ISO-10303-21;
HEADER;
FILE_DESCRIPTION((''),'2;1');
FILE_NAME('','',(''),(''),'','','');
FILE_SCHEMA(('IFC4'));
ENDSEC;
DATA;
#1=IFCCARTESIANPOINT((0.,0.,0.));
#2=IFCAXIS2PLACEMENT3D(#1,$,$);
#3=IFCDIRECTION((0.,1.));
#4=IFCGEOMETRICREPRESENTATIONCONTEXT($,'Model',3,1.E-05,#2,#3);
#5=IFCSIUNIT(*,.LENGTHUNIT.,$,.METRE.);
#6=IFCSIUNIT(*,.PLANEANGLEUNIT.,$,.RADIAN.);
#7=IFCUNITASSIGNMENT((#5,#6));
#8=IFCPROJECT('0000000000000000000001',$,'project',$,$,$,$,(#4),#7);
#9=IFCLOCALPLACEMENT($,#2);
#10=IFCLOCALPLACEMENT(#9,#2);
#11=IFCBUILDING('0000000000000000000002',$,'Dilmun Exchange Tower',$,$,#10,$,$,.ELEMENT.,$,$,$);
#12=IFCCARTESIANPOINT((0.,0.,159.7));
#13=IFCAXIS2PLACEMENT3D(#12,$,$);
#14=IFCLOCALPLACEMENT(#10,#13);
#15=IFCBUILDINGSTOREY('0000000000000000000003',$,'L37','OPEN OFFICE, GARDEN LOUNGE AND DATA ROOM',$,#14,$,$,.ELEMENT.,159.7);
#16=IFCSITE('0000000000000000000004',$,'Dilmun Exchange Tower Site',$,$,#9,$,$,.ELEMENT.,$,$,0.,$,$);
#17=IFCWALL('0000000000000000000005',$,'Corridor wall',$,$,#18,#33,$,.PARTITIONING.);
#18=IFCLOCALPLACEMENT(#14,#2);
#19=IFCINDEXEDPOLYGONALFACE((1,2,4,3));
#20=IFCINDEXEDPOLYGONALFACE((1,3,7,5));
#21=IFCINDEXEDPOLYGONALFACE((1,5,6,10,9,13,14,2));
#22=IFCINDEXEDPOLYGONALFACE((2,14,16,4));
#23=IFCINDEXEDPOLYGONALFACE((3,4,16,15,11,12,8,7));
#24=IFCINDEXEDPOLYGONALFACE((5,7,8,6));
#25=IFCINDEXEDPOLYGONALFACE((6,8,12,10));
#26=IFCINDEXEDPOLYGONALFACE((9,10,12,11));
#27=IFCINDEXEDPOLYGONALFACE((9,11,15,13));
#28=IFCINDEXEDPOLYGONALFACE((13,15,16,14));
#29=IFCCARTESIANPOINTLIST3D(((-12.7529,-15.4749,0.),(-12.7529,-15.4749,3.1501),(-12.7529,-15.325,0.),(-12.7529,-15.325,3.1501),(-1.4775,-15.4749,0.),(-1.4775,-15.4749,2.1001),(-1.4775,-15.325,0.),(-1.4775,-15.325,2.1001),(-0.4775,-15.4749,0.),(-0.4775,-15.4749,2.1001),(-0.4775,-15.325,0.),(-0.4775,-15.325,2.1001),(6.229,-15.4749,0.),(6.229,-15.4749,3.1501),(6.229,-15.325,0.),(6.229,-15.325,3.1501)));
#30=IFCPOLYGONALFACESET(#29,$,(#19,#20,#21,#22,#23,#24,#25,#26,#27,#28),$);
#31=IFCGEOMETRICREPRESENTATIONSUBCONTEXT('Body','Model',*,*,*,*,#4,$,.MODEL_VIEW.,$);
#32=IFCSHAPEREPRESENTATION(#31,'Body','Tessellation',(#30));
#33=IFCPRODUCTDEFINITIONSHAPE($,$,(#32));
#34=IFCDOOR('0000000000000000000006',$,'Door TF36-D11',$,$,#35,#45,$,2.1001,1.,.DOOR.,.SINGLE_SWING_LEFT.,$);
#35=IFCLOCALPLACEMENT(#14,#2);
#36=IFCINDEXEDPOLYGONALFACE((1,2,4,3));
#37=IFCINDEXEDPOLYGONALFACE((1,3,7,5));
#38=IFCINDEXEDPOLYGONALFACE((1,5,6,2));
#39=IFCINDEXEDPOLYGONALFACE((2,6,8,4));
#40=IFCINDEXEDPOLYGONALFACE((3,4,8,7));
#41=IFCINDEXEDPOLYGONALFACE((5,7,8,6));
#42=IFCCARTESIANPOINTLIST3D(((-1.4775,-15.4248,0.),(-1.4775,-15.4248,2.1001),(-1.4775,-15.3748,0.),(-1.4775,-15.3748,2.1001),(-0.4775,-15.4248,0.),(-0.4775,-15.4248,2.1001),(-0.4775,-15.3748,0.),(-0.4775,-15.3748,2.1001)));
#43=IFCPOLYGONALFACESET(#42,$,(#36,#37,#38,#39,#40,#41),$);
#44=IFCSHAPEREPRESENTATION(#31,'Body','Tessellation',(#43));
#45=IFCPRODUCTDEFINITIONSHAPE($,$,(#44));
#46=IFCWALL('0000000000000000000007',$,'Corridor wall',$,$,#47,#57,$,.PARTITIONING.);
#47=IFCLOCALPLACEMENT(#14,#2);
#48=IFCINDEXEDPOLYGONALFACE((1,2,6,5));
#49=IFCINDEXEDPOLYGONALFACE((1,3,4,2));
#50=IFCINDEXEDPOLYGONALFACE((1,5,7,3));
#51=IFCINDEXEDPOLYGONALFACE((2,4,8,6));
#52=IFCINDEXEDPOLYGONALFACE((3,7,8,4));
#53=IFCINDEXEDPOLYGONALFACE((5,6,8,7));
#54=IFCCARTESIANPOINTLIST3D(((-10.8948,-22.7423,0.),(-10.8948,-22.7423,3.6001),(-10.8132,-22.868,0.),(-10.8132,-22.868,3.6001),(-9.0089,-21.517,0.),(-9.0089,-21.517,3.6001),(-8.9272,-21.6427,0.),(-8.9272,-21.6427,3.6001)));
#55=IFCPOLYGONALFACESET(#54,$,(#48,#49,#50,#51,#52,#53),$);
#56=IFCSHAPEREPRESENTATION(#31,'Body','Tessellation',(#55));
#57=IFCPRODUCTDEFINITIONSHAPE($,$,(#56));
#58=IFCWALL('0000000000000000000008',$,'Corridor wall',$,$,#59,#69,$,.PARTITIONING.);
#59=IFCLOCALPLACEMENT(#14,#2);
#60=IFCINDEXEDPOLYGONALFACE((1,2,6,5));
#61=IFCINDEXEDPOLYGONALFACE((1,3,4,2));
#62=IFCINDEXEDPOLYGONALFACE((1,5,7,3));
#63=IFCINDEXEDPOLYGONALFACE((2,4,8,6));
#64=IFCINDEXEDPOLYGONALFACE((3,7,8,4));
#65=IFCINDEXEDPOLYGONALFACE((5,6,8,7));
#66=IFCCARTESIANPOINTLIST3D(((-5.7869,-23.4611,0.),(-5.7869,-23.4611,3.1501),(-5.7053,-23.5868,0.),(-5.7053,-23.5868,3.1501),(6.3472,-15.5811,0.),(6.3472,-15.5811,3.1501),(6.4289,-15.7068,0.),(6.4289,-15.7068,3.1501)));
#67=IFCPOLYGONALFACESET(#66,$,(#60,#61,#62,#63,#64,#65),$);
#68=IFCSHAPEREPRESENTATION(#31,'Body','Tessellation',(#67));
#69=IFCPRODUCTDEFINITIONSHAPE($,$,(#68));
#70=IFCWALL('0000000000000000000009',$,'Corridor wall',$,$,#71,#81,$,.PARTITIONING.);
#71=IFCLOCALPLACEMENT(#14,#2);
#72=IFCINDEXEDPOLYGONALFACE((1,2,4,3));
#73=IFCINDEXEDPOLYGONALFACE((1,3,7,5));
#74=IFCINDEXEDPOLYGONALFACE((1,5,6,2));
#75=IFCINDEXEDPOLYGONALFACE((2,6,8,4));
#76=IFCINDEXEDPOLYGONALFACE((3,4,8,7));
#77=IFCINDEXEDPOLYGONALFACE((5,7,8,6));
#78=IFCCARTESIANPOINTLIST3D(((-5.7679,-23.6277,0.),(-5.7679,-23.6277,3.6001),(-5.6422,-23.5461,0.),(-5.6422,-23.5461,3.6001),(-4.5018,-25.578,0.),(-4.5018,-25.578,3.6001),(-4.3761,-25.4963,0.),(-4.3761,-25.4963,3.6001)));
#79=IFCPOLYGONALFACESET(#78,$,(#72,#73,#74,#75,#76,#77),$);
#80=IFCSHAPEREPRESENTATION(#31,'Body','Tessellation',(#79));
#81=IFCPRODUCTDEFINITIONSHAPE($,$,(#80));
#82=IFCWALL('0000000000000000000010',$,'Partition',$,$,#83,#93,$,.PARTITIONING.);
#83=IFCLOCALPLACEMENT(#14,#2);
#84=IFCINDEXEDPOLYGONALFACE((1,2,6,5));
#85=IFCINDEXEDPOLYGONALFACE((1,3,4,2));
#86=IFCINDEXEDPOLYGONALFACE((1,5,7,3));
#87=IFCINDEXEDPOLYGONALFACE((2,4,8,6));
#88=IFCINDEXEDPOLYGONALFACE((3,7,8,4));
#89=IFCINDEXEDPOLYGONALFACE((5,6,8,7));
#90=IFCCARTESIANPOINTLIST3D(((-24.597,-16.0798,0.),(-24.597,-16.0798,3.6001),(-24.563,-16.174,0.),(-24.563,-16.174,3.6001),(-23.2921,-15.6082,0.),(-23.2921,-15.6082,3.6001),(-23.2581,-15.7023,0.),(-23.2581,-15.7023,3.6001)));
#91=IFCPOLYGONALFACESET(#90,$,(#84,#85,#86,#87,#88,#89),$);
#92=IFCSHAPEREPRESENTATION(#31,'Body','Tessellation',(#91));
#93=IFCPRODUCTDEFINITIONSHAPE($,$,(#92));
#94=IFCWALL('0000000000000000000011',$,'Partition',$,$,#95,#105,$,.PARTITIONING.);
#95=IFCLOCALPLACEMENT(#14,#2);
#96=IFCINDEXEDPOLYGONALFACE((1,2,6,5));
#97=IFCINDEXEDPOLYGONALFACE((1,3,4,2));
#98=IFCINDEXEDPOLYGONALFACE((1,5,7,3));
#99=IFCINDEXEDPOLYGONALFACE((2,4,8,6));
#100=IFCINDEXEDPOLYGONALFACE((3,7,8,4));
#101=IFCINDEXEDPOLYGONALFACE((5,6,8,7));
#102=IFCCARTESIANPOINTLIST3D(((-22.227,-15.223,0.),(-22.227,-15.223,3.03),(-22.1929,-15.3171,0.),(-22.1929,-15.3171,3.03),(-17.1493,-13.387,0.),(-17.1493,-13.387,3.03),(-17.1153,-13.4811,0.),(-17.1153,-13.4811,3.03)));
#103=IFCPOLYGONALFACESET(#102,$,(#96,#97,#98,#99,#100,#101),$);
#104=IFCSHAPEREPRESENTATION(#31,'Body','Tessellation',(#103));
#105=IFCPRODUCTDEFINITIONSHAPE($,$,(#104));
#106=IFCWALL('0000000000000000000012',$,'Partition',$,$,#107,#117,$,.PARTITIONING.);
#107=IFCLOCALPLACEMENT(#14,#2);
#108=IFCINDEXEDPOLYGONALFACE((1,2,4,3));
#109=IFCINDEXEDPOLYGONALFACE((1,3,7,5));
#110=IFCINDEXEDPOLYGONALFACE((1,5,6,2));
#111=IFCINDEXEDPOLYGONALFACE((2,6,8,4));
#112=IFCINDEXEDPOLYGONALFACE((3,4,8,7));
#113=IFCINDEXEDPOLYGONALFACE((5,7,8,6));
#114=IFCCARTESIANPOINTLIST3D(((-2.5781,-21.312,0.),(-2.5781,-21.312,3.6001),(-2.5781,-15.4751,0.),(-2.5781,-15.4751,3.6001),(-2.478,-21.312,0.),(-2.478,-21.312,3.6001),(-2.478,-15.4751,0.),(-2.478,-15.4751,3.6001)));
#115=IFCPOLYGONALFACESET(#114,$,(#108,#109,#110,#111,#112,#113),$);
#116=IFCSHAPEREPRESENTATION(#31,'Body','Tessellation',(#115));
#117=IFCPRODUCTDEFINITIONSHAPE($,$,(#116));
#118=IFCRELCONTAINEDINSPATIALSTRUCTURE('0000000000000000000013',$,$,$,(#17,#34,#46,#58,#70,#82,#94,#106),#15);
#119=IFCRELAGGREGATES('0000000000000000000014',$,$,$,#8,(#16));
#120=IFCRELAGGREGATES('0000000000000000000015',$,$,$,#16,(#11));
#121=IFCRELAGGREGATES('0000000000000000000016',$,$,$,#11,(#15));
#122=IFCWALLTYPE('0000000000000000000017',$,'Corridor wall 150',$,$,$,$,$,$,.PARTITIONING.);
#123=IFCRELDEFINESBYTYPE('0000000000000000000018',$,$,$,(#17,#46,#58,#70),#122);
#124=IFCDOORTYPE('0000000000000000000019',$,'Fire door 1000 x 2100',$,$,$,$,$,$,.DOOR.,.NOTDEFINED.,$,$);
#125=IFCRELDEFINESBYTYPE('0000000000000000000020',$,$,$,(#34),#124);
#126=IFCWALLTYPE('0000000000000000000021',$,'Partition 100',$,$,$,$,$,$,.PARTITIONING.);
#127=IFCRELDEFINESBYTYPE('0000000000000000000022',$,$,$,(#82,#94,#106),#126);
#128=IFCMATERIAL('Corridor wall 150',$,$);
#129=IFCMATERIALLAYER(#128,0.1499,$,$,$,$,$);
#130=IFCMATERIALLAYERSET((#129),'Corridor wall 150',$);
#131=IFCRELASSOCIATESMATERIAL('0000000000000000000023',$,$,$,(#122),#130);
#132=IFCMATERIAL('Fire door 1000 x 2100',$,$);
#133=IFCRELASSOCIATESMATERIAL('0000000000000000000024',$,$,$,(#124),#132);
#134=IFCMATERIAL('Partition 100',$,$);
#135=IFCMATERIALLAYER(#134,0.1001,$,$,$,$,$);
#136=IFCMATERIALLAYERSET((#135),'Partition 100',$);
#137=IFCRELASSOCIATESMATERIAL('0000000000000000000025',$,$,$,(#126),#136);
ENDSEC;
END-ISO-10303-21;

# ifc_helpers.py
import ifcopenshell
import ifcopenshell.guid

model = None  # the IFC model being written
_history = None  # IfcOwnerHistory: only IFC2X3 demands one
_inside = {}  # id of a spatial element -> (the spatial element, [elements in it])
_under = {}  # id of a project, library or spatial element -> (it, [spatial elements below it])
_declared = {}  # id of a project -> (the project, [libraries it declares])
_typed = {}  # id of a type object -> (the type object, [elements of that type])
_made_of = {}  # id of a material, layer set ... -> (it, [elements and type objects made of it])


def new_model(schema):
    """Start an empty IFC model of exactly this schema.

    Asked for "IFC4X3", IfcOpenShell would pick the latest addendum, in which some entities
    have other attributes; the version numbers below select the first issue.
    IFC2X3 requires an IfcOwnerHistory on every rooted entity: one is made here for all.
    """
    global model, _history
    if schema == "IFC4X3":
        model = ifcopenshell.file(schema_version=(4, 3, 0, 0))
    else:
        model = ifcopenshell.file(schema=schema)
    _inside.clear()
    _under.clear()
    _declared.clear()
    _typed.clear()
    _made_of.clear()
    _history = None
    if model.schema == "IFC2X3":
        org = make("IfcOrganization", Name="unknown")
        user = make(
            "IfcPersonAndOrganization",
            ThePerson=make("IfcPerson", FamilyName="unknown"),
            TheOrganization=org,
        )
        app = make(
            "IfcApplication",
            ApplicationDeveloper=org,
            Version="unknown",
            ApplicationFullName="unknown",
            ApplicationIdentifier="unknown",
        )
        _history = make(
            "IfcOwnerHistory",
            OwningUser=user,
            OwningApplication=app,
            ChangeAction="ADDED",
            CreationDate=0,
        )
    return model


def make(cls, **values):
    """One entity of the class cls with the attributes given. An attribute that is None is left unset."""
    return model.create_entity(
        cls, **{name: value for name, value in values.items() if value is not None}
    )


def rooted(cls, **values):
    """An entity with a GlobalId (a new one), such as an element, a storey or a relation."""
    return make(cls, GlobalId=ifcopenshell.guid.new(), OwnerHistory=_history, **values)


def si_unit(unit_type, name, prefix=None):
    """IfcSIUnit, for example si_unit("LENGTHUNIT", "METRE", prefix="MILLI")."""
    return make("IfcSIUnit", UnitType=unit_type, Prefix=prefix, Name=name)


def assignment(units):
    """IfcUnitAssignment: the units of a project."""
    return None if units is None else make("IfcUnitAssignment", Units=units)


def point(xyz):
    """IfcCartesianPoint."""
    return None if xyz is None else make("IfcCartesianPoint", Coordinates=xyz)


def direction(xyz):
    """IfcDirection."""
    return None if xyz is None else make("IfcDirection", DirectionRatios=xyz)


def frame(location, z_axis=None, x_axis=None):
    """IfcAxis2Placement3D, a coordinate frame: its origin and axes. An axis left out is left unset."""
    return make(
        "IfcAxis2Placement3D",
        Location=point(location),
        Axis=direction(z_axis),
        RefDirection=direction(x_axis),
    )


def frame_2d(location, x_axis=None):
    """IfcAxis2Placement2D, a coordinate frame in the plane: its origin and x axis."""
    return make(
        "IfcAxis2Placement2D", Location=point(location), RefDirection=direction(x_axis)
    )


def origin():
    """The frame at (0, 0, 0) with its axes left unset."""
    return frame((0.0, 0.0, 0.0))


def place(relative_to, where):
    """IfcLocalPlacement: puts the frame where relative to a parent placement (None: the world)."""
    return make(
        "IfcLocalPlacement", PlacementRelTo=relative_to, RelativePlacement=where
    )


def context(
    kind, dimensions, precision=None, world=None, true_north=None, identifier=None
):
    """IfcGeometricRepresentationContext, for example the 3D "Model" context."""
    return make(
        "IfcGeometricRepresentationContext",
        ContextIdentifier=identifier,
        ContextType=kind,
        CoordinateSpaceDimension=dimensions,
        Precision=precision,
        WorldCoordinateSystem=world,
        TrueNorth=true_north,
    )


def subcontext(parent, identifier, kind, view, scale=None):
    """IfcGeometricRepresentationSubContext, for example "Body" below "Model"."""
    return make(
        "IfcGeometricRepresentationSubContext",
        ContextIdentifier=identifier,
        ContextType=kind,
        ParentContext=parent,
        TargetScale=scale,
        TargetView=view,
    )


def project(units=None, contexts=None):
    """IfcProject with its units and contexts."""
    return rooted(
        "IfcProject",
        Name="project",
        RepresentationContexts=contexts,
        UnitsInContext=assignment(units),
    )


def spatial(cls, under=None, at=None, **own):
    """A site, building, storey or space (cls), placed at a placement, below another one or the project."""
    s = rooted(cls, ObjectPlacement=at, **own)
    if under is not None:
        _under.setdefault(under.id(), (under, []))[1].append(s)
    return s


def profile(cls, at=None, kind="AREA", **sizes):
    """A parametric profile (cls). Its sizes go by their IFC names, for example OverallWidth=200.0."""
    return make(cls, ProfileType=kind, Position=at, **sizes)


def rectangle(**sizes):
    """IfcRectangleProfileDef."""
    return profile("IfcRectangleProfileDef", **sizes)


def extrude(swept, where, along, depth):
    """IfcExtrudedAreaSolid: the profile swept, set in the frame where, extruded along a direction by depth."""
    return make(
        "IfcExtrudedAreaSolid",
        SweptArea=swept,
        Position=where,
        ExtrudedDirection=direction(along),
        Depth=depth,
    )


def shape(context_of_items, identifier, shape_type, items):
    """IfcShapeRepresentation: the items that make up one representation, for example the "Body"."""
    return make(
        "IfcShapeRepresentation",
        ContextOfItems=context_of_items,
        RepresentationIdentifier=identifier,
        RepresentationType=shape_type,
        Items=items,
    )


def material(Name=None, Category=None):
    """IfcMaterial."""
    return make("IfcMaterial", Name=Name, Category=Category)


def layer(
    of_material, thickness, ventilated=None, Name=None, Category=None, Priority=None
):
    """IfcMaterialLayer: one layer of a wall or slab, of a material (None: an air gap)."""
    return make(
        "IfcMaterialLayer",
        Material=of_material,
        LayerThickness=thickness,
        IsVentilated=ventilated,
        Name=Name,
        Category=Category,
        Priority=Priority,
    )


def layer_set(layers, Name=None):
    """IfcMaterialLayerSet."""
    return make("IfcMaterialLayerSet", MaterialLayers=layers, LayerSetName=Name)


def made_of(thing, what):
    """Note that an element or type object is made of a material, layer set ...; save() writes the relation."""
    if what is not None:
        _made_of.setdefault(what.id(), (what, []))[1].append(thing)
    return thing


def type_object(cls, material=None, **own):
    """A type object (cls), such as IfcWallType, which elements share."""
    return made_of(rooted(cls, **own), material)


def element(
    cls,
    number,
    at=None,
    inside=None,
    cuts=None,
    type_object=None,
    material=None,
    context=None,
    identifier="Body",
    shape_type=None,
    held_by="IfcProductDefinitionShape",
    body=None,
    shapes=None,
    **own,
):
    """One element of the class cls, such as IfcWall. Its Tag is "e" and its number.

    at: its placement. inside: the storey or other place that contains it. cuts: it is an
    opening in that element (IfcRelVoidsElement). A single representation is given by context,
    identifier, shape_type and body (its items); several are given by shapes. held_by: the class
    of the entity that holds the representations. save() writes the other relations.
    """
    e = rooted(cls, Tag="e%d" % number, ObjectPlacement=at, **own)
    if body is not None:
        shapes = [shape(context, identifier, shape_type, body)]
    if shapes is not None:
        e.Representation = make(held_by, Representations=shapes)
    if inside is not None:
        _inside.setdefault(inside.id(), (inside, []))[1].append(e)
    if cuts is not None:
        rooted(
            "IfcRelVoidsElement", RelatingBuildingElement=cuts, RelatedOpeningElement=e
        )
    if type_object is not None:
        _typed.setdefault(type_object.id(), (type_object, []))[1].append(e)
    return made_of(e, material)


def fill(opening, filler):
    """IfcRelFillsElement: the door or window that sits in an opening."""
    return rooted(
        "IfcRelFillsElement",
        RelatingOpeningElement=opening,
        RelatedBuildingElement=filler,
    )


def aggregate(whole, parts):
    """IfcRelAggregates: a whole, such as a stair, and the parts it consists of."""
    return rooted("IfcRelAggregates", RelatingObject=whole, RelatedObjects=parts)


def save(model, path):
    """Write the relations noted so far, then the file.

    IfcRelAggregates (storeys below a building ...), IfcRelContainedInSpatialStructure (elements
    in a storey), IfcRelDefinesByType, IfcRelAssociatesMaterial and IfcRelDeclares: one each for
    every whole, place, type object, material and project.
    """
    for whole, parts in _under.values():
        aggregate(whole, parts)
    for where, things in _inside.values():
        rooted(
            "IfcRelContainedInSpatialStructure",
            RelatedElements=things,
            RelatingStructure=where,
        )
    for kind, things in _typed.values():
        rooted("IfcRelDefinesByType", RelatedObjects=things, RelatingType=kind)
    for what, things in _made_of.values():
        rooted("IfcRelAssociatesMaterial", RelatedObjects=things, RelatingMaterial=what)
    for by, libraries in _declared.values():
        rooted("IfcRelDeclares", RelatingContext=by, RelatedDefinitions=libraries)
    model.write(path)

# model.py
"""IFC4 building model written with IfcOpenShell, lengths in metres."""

from ifc_helpers import new_model, si_unit, direction, frame, frame_2d, origin, place, context, subcontext, project, spatial, rectangle, extrude, material, layer, layer_set, type_object, element, fill, save


model = new_model("IFC4")

# Units and contexts
model_context = context("Model", 3, precision=1e-05, world=origin(), true_north=direction((0.0, 1.0)))
body_context = subcontext(model_context, "Body", "Model", "MODEL_VIEW")
ifc_project = project(units=[si_unit("LENGTHUNIT", "METRE"), si_unit("PLANEANGLEUNIT", "RADIAN")], contexts=[model_context])

# Site, building, storey
site_placement = place(None, origin())
site = spatial("IfcSite", under=ifc_project, at=site_placement, Name="Dilmun Exchange Tower Site", CompositionType="ELEMENT", RefElevation=0.0)
building_placement = place(site_placement, origin())
building = spatial("IfcBuilding", under=site, at=building_placement, Name="Dilmun Exchange Tower", CompositionType="ELEMENT")
storey_placement = place(building_placement, frame((0.0, 0.0, 159.7)))
storey = spatial("IfcBuildingStorey", under=building, at=storey_placement, Name="L37", Description="OPEN OFFICE, GARDEN LOUNGE AND DATA ROOM", CompositionType="ELEMENT", Elevation=159.7)

# Shared definitions
ifc_material_1 = material(Name="Corridor wall 150")
ifc_layer_1 = layer(ifc_material_1, 0.1499)
ifc_layer_set_1 = layer_set([ifc_layer_1], Name="Corridor wall 150")
wall_type_1 = type_object("IfcWallType", Name="Corridor wall 150", PredefinedType="PARTITIONING", material=ifc_layer_set_1)

# Wall, opening, door
wall_1_placement = place(storey_placement, frame((-12.7529, -15.3999, 0.0), z_axis=(0.0, 0.0, 1.0), x_axis=(1.0, 0.0, 0.0)))
wall_1 = element("IfcWall", 1, at=wall_1_placement, inside=storey, type_object=wall_type_1, Name="Corridor wall", PredefinedType="PARTITIONING", context=body_context, shape_type="SweptSolid", body=[
    extrude(rectangle(XDim=18.9819, YDim=0.1499, at=frame_2d((9.491, 0.0))), origin(), (0.0, 0.0, 1.0), 3.1501),
])
opening_1_placement = place(wall_1_placement, frame((11.2754, 0.0, 0.0)))
opening_1 = element("IfcOpeningElement", 2, at=opening_1_placement, cuts=wall_1, PredefinedType="OPENING", context=body_context, shape_type="SweptSolid", body=[
    extrude(rectangle(XDim=1.0, YDim=2.1001, at=frame_2d((0.5, 1.05))), frame((0.0, 0.085, 0.0), z_axis=(0.0, -1.0, 0.0), x_axis=(1.0, 0.0, 0.0)), (0.0, 0.0, 1.0), 0.1699),
])
ifc_material_2 = material(Name="Fire door 1000 x 2100")
door_type_1 = type_object("IfcDoorType", Name="Fire door 1000 x 2100", OperationType="NOTDEFINED", PredefinedType="DOOR", material=ifc_material_2)
door_1_placement = place(opening_1_placement, frame((1.0, 0.0, 0.0), z_axis=(0.0, 0.0, 1.0), x_axis=(-1.0, 0.0, 0.0)))
door_1 = element("IfcDoor", 3, at=door_1_placement, inside=storey, type_object=door_type_1, Name="Door TF36-D11", OperationType="SINGLE_SWING_LEFT", OverallHeight=2.1001, OverallWidth=1.0, PredefinedType="DOOR", context=body_context, shape_type="SweptSolid", body=[
    extrude(rectangle(XDim=1.0, YDim=2.1001, at=frame_2d((0.5, 1.05))), frame((0.0, 0.0249, 0.0), z_axis=(0.0, -1.0, 0.0), x_axis=(1.0, 0.0, 0.0)), (0.0, 0.0, 1.0), 0.05),
])
fill(opening_1, door_1)

# Walls
wall_2_placement = place(storey_placement, frame((-10.854, -22.8052, 0.0), z_axis=(0.0, 0.0, 1.0), x_axis=(0.838555, 0.544817, 0.0)))
element("IfcWall", 4, at=wall_2_placement, inside=storey, type_object=wall_type_1, Name="Corridor wall", PredefinedType="PARTITIONING", context=body_context, shape_type="SweptSolid", body=[
    extrude(rectangle(XDim=2.249, YDim=0.1499, at=frame_2d((1.1245, 0.0))), origin(), (0.0, 0.0, 1.0), 3.6001),
])
wall_3_placement = place(storey_placement, frame((-5.7461, -23.5239, 0.0), z_axis=(0.0, 0.0, 1.0), x_axis=(0.838672, 0.544637, 0.0)))
element("IfcWall", 5, at=wall_3_placement, inside=storey, type_object=wall_type_1, Name="Corridor wall", PredefinedType="PARTITIONING", context=body_context, shape_type="SweptSolid", body=[
    extrude(rectangle(XDim=14.4683, YDim=0.1499, at=frame_2d((7.2341, 0.0))), origin(), (0.0, 0.0, 1.0), 3.1501),
])
wall_4_placement = place(storey_placement, frame((-5.7051, -23.5869, 0.0), z_axis=(0.0, 0.0, 1.0), x_axis=(0.544531, -0.838741, 0.0)))
element("IfcWall", 6, at=wall_4_placement, inside=storey, type_object=wall_type_1, Name="Corridor wall", PredefinedType="PARTITIONING", context=body_context, shape_type="SweptSolid", body=[
    extrude(rectangle(XDim=2.3252, YDim=0.1499, at=frame_2d((1.1626, 0.0))), origin(), (0.0, 0.0, 1.0), 3.6001),
])
ifc_material_3 = material(Name="Partition 100")
ifc_layer_2 = layer(ifc_material_3, 0.1001)
ifc_layer_set_2 = layer_set([ifc_layer_2], Name="Partition 100")
wall_type_2 = type_object("IfcWallType", Name="Partition 100", PredefinedType="PARTITIONING", material=ifc_layer_set_2)
wall_5_placement = place(storey_placement, frame((-24.5801, -16.127, 0.0), z_axis=(0.0, 0.0, 1.0), x_axis=(0.940449, 0.339934, 0.0)))
element("IfcWall", 7, at=wall_5_placement, inside=storey, type_object=wall_type_2, Name="Partition", PredefinedType="PARTITIONING", context=body_context, shape_type="SweptSolid", body=[
    extrude(rectangle(XDim=1.3875, YDim=0.1001, at=frame_2d((0.6938, 0.0))), origin(), (0.0, 0.0, 1.0), 3.6001),
])
wall_6_placement = place(storey_placement, frame((-22.21, -15.27, 0.0), z_axis=(0.0, 0.0, 1.0), x_axis=(0.940415, 0.340029, 0.0)))
element("IfcWall", 8, at=wall_6_placement, inside=storey, type_object=wall_type_2, Name="Partition", PredefinedType="PARTITIONING", context=body_context, shape_type="SweptSolid", body=[
    extrude(rectangle(XDim=5.3994, YDim=0.1001, at=frame_2d((2.6997, 0.0))), origin(), (0.0, 0.0, 1.0), 3.03),
])
wall_7_placement = place(storey_placement, frame((-2.5281, -21.312, 0.0), z_axis=(0.0, 0.0, 1.0), x_axis=(0.0, 1.0, 0.0)))
element("IfcWall", 9, at=wall_7_placement, inside=storey, type_object=wall_type_2, Name="Partition", PredefinedType="PARTITIONING", context=body_context, shape_type="SweptSolid", body=[
    extrude(rectangle(XDim=5.8369, YDim=0.1001, at=frame_2d((2.9185, 0.0))), origin(), (0.0, 0.0, 1.0), 3.6001),
])

save(model, "model.ifc")
